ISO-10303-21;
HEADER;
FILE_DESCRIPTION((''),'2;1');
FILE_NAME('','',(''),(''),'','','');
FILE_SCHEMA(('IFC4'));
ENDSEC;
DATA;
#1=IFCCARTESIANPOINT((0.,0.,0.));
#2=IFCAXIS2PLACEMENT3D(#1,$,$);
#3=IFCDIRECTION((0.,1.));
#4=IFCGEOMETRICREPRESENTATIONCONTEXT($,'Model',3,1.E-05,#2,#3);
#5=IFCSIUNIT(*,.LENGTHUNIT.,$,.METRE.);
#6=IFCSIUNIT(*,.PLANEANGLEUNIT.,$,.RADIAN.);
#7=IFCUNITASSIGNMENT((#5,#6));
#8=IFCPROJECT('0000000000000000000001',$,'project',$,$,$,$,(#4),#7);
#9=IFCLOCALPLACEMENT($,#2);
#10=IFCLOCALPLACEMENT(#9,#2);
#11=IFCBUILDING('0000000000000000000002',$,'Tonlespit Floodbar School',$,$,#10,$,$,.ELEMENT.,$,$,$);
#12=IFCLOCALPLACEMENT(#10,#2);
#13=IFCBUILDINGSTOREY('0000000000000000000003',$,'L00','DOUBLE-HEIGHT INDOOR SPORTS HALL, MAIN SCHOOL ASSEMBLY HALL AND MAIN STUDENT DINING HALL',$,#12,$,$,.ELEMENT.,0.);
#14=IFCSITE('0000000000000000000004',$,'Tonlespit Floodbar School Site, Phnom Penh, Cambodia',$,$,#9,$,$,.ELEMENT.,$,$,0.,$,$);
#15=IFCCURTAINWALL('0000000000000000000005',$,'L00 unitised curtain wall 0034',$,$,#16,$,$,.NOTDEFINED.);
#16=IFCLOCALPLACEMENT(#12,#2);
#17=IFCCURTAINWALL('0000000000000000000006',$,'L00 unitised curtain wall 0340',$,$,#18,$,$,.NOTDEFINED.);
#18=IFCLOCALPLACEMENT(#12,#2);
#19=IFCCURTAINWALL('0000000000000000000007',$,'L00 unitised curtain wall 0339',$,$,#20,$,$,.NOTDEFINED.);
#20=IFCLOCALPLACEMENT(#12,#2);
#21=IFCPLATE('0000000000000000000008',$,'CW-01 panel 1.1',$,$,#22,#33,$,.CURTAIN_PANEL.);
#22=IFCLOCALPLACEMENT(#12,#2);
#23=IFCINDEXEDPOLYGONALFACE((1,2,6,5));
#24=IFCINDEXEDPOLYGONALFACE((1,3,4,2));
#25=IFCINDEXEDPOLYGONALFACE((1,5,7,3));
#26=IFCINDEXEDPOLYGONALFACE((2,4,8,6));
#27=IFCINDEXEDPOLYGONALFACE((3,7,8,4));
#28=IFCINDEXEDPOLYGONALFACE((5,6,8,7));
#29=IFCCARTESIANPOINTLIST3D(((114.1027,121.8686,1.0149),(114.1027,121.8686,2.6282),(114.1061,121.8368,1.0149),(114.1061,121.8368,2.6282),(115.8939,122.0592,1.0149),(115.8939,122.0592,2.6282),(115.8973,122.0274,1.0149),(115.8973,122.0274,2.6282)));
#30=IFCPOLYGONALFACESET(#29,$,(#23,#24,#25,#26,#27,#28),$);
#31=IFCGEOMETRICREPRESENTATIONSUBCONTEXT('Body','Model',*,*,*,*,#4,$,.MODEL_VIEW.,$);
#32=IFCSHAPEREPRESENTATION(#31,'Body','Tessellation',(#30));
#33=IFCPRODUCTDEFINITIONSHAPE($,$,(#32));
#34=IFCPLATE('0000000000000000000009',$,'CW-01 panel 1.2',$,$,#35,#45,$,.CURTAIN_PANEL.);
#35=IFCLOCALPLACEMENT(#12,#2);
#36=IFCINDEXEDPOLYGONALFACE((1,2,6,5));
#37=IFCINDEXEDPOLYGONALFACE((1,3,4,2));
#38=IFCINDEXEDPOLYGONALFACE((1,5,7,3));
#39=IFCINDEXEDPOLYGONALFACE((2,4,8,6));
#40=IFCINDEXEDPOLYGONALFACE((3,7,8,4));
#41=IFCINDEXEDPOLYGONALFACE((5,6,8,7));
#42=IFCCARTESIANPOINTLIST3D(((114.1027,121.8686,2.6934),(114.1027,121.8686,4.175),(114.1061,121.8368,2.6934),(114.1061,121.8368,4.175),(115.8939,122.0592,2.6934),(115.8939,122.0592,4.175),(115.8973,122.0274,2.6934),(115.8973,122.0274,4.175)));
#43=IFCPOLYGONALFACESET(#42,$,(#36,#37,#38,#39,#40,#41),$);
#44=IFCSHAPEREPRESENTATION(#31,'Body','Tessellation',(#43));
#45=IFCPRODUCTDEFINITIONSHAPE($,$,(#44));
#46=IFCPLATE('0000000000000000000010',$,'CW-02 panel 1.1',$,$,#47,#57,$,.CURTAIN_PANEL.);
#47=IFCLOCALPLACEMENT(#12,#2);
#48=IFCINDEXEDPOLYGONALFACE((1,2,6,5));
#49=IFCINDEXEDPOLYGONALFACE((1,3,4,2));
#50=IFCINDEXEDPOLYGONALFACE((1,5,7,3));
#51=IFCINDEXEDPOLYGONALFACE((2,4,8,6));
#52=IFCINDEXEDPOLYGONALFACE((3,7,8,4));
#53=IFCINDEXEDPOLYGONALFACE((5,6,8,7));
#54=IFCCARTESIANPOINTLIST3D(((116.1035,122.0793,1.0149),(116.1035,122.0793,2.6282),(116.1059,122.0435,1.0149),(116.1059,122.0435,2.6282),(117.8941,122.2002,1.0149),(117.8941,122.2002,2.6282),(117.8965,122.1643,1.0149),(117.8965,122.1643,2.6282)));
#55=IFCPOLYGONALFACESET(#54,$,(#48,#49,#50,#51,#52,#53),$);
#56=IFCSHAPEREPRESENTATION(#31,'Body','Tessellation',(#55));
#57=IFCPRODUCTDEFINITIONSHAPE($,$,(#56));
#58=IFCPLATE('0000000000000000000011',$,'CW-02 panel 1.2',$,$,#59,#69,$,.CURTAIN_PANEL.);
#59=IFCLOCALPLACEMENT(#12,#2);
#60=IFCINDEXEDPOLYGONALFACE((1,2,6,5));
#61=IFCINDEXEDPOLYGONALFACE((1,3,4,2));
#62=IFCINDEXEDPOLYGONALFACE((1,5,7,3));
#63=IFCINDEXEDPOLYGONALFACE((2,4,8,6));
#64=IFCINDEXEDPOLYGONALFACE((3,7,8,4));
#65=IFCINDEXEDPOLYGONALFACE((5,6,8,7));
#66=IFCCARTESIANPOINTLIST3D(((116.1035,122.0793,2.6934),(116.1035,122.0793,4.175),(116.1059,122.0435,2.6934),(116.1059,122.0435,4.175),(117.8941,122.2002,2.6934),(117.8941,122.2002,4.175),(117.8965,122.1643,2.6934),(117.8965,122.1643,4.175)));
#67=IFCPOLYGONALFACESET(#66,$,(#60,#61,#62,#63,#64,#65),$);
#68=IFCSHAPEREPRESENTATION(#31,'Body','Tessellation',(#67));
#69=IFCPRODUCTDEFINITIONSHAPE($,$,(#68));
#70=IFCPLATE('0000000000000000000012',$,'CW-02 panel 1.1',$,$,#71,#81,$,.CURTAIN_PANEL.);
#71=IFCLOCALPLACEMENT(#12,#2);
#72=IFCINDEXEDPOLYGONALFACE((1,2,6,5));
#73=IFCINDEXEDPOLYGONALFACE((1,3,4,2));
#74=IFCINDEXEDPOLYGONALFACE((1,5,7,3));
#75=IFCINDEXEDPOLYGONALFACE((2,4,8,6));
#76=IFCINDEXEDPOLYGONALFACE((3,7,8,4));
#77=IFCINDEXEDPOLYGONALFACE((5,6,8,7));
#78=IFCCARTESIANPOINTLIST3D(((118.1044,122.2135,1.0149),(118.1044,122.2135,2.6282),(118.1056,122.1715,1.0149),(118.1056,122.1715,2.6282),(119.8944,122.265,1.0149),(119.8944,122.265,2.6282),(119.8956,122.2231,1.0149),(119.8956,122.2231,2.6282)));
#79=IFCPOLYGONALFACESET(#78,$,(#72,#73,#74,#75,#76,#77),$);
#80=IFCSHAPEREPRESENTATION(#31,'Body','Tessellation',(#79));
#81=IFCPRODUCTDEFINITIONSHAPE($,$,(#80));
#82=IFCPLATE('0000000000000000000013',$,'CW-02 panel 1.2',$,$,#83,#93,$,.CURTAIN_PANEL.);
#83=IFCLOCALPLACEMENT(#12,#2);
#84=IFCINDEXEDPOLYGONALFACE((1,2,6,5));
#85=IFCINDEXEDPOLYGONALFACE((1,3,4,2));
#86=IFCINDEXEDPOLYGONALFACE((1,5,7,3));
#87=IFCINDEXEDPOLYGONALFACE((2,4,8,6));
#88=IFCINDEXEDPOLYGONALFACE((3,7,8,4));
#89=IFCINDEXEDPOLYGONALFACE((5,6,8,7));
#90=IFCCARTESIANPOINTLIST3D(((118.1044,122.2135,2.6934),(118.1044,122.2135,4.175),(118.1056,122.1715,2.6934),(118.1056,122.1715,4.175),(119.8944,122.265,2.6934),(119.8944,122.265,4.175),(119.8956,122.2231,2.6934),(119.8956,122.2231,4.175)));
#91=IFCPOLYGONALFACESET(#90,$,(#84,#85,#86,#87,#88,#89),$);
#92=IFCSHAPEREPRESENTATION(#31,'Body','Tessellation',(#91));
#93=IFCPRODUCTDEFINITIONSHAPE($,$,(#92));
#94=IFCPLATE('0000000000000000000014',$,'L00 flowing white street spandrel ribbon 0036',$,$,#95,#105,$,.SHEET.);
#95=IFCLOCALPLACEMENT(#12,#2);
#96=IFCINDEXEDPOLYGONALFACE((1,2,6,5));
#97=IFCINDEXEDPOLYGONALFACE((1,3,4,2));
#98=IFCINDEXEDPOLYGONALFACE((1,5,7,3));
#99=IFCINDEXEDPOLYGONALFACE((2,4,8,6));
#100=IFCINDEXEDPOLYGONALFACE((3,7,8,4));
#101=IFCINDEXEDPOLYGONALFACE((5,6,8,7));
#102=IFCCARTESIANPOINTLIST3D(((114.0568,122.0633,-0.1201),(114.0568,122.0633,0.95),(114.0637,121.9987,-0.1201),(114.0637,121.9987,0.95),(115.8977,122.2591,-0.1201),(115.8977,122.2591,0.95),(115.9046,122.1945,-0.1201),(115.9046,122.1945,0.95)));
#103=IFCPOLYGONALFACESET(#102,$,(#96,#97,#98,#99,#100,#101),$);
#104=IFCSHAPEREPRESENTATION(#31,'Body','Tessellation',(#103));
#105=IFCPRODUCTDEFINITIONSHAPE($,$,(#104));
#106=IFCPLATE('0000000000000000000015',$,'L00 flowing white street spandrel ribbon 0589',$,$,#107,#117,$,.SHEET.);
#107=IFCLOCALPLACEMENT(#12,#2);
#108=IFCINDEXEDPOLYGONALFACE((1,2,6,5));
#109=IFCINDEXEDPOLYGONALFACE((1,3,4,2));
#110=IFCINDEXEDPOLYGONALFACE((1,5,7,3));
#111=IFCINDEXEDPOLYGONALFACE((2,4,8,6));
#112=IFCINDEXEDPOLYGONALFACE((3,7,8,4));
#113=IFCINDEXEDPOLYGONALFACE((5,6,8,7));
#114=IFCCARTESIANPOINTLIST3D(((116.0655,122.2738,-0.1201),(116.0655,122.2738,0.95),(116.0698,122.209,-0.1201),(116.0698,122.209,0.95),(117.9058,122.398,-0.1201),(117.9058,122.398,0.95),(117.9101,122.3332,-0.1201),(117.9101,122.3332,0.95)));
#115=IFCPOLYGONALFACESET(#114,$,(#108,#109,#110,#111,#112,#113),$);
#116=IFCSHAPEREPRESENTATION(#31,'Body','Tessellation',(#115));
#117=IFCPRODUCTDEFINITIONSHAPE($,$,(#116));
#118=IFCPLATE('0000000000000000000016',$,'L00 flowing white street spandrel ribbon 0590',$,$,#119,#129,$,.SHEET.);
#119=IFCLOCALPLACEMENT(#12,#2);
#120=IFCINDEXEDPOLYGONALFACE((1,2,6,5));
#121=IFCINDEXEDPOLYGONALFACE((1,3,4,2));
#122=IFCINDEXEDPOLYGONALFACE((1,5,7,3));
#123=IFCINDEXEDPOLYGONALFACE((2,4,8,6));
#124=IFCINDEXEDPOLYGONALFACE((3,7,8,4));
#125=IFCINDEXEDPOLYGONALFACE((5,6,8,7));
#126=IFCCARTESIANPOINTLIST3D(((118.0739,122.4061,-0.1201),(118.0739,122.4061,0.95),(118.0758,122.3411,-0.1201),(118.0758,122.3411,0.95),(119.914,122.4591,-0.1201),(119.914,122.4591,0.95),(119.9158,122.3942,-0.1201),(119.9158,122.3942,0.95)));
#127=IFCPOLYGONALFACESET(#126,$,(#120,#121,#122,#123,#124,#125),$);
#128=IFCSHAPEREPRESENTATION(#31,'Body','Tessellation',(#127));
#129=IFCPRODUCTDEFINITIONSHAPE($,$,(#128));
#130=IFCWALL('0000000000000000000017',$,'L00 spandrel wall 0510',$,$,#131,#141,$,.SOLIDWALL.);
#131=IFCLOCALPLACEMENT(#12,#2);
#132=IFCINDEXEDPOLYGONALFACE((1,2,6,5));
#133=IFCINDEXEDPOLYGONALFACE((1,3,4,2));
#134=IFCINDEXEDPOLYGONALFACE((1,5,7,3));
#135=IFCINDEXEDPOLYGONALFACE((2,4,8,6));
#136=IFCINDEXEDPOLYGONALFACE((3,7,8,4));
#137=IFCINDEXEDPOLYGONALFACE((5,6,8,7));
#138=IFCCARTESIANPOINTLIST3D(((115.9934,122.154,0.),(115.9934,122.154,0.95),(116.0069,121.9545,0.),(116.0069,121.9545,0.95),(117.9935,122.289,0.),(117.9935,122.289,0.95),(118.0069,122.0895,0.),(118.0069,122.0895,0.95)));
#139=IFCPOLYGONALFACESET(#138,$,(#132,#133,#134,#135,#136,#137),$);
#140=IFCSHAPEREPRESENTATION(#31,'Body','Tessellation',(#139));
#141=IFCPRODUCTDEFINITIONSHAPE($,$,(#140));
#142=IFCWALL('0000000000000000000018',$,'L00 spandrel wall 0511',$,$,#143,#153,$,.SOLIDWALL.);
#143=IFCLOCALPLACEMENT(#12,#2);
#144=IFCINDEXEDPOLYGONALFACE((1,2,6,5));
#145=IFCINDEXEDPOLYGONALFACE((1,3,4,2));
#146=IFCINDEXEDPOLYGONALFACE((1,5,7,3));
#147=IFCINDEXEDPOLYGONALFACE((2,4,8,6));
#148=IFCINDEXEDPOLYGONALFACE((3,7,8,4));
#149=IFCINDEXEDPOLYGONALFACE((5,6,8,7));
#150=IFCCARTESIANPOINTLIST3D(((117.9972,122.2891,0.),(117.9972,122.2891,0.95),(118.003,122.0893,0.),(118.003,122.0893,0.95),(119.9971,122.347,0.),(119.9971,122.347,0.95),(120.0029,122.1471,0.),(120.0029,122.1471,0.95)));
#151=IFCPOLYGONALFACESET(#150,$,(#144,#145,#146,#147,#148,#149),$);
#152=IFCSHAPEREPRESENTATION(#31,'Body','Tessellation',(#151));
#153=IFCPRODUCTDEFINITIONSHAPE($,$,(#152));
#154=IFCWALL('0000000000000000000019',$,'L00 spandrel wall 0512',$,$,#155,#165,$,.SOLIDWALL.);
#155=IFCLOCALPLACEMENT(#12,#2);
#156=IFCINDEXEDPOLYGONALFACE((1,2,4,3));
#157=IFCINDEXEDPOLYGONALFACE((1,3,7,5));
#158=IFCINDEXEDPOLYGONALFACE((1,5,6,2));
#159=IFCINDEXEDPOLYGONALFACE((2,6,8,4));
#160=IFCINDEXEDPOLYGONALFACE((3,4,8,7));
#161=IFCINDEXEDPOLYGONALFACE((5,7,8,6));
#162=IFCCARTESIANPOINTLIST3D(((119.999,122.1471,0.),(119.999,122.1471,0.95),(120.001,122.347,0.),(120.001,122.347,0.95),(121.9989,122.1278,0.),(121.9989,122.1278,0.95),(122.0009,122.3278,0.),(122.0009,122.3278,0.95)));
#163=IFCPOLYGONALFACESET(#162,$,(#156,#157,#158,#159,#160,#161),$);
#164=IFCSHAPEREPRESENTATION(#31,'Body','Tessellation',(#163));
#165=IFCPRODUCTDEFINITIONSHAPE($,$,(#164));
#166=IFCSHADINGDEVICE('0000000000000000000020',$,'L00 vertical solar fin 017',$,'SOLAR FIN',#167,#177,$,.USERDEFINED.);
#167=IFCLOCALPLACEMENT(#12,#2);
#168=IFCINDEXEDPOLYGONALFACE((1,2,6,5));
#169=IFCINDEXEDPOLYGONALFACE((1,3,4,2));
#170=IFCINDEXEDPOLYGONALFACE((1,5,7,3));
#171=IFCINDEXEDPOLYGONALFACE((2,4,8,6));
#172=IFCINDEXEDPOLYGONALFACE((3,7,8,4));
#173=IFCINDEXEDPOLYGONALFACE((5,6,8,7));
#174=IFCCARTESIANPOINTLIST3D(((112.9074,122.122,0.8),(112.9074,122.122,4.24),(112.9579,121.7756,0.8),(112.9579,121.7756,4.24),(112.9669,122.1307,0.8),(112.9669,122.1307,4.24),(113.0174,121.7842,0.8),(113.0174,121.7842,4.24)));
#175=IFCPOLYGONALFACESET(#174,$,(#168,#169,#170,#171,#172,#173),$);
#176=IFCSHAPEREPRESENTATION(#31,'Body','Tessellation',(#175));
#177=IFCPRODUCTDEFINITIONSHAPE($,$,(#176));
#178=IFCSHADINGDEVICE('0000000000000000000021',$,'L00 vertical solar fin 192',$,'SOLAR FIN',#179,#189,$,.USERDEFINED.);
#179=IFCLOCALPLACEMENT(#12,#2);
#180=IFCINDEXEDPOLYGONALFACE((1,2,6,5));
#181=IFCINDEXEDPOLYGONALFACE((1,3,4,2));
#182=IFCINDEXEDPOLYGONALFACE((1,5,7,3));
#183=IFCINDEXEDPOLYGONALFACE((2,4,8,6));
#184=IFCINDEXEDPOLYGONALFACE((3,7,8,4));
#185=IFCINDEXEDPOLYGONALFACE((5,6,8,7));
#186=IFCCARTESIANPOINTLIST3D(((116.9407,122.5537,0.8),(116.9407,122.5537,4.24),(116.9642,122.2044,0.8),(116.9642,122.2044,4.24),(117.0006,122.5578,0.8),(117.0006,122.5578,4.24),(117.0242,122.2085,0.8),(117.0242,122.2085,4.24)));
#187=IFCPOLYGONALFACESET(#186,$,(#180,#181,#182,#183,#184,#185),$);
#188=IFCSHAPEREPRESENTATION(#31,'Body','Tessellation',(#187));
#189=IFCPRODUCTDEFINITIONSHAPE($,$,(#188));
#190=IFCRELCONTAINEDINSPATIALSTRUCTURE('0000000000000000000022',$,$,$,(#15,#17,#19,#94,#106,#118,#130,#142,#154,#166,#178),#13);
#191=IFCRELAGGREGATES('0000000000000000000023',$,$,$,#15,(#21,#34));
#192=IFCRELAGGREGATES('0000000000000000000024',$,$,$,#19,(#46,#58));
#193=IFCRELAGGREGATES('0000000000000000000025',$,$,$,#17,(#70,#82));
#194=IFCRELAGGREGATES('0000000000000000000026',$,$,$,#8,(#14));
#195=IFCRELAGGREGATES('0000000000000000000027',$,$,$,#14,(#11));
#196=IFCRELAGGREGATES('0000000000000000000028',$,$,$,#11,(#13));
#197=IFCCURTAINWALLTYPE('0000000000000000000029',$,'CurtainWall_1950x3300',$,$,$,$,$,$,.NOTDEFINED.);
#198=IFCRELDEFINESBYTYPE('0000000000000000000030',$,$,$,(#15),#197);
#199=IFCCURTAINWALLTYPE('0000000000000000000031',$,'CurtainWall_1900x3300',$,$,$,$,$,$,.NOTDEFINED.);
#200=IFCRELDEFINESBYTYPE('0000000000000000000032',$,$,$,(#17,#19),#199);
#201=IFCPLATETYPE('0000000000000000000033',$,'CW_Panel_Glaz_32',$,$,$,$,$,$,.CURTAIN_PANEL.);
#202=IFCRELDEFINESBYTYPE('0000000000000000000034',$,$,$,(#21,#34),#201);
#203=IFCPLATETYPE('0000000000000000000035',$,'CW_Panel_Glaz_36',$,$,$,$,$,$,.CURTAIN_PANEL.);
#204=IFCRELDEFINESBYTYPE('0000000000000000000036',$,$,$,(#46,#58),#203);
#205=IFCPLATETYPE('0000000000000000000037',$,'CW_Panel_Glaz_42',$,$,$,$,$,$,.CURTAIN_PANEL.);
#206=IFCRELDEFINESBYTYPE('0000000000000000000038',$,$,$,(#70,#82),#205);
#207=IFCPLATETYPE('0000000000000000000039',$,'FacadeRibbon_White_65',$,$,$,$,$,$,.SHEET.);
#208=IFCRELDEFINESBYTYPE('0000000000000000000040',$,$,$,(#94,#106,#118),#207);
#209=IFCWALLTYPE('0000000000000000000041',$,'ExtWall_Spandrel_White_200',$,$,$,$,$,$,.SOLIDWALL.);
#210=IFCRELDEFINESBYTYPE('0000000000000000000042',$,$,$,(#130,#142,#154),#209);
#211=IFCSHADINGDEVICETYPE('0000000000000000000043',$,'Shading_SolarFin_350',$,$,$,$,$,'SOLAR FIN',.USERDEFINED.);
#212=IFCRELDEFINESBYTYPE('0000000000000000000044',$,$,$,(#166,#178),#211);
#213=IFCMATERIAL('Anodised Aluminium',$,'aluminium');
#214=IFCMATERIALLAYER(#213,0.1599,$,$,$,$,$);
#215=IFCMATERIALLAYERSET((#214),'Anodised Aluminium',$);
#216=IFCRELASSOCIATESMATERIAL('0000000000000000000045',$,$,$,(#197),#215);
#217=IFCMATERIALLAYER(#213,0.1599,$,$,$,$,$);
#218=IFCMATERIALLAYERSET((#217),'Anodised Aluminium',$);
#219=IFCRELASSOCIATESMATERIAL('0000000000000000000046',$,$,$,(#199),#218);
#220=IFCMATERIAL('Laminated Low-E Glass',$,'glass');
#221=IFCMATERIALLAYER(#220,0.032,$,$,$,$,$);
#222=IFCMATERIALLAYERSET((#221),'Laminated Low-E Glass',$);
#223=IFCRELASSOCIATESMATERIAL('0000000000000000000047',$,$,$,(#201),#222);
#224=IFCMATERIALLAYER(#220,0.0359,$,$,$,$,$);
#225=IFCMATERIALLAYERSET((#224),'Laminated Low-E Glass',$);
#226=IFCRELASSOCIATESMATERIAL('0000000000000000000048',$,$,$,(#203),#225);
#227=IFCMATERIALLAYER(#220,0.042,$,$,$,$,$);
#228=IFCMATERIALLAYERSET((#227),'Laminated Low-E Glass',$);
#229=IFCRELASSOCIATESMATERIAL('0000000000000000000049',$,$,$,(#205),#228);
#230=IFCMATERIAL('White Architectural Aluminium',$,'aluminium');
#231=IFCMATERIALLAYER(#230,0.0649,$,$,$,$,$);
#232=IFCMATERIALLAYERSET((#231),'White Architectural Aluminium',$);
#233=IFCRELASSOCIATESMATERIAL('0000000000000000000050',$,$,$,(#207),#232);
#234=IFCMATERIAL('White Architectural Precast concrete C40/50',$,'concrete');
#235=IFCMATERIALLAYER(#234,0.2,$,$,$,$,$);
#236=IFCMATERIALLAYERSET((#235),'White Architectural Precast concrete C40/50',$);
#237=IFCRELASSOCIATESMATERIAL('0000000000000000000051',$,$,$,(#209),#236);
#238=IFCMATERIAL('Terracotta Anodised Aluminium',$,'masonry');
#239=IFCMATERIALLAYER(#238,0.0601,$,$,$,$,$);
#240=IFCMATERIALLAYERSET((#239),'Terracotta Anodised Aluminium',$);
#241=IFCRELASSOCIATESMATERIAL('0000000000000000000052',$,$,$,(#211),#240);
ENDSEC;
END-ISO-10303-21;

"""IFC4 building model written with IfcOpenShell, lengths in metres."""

from ifc_helpers import new_model, si_unit, direction, frame, frame_2d, origin, origin_2d, place, context, subcontext, project, spatial, rectangle, extrude, material, layer, layer_set, type_object, element, aggregate, save


model = new_model("IFC4")

# Units and contexts
model_context = context("Model", 3, precision=1e-05, world=origin(), true_north=direction((0.0, 1.0)))
body_context = subcontext(model_context, "Body", "Model", "MODEL_VIEW")
ifc_project = project(units=[si_unit("LENGTHUNIT", "METRE"), si_unit("PLANEANGLEUNIT", "RADIAN")], contexts=[model_context])

# Site, building, storey
site_placement = place(None, origin())
site = spatial("IfcSite", under=ifc_project, at=site_placement, Name="Tonlespit Floodbar School Site, Phnom Penh, Cambodia", CompositionType="ELEMENT", RefElevation=0.0)
building_placement = place(site_placement, origin())
building = spatial("IfcBuilding", under=site, at=building_placement, Name="Tonlespit Floodbar School", CompositionType="ELEMENT")
storey_placement = place(building_placement, origin())
storey = spatial("IfcBuildingStorey", under=building, at=storey_placement, Name="L00", Description="DOUBLE-HEIGHT INDOOR SPORTS HALL, MAIN SCHOOL ASSEMBLY HALL AND MAIN STUDENT DINING HALL", CompositionType="ELEMENT", Elevation=0.0)

# Curtain wall
ifc_material_1 = material(Name="Anodised Aluminium", Category="aluminium")
ifc_layer_1 = layer(ifc_material_1, 0.1599)
ifc_layer_set_1 = layer_set([ifc_layer_1], Name="Anodised Aluminium")
curtain_wall_type_1 = type_object("IfcCurtainWallType", Name="CurtainWall_1950x3300", PredefinedType="NOTDEFINED", material=ifc_layer_set_1)
curtain_wall_1_placement = place(storey_placement, origin())
curtain_wall_1 = element("IfcCurtainWall", 1, at=curtain_wall_1_placement, inside=storey, type_object=curtain_wall_type_1, Name="L00 unitised curtain wall 0034", PredefinedType="NOTDEFINED")

# Curtain walls
ifc_layer_2 = layer(ifc_material_1, 0.1599)
ifc_layer_set_2 = layer_set([ifc_layer_2], Name="Anodised Aluminium")
curtain_wall_type_2 = type_object("IfcCurtainWallType", Name="CurtainWall_1900x3300", PredefinedType="NOTDEFINED", material=ifc_layer_set_2)
curtain_wall_2_placement = place(storey_placement, origin())
curtain_wall_2 = element("IfcCurtainWall", 2, at=curtain_wall_2_placement, inside=storey, type_object=curtain_wall_type_2, Name="L00 unitised curtain wall 0340", PredefinedType="NOTDEFINED")
curtain_wall_3_placement = place(storey_placement, origin())
curtain_wall_3 = element("IfcCurtainWall", 3, at=curtain_wall_3_placement, inside=storey, type_object=curtain_wall_type_2, Name="L00 unitised curtain wall 0339", PredefinedType="NOTDEFINED")

# Plates
ifc_material_2 = material(Name="Laminated Low-E Glass", Category="glass")
ifc_layer_3 = layer(ifc_material_2, 0.032)
ifc_layer_set_3 = layer_set([ifc_layer_3], Name="Laminated Low-E Glass")
plate_type_1 = type_object("IfcPlateType", Name="CW_Panel_Glaz_32", PredefinedType="CURTAIN_PANEL", material=ifc_layer_set_3)
plate_1_placement = place(storey_placement, frame((115.0, 121.948, 1.0149), z_axis=(0.0, 0.0, 1.0), x_axis=(0.994389, 0.105787, 0.0)))
plate_1 = element("IfcPlate", 4, at=plate_1_placement, type_object=plate_type_1, Name="CW-01 panel 1.1", PredefinedType="CURTAIN_PANEL", context=body_context, shape_type="SweptSolid", body=[
    extrude(rectangle(XDim=1.8013, YDim=0.032, at=origin_2d()), origin(), (0.0, 0.0, 1.0), 1.6133),
])
plate_2_placement = place(storey_placement, frame((115.0, 121.948, 2.6934), z_axis=(0.0, 0.0, 1.0), x_axis=(0.994389, 0.105787, 0.0)))
plate_2 = element("IfcPlate", 5, at=plate_2_placement, type_object=plate_type_1, Name="CW-01 panel 1.2", PredefinedType="CURTAIN_PANEL", context=body_context, shape_type="SweptSolid", body=[
    extrude(rectangle(XDim=1.8013, YDim=0.032, at=origin_2d()), origin(), (0.0, 0.0, 1.0), 1.4817),
])
aggregate(curtain_wall_1, [plate_1, plate_2])
ifc_layer_4 = layer(ifc_material_2, 0.0359)
ifc_layer_set_4 = layer_set([ifc_layer_4], Name="Laminated Low-E Glass")
plate_type_2 = type_object("IfcPlateType", Name="CW_Panel_Glaz_36", PredefinedType="CURTAIN_PANEL", material=ifc_layer_set_4)
plate_3_placement = place(storey_placement, frame((117.0, 122.1218, 1.0149), z_axis=(0.0, 0.0, 1.0), x_axis=(0.99773, 0.06734, 0.0)))
plate_3 = element("IfcPlate", 6, at=plate_3_placement, type_object=plate_type_2, Name="CW-02 panel 1.1", PredefinedType="CURTAIN_PANEL", context=body_context, shape_type="SweptSolid", body=[
    extrude(rectangle(XDim=1.7947, YDim=0.0359, at=origin_2d()), origin(), (0.0, 0.0, 1.0), 1.6133),
])
plate_4_placement = place(storey_placement, frame((117.0, 122.1218, 2.6934), z_axis=(0.0, 0.0, 1.0), x_axis=(0.99773, 0.06734, 0.0)))
plate_4 = element("IfcPlate", 7, at=plate_4_placement, type_object=plate_type_2, Name="CW-02 panel 1.2", PredefinedType="CURTAIN_PANEL", context=body_context, shape_type="SweptSolid", body=[
    extrude(rectangle(XDim=1.7947, YDim=0.0359, at=origin_2d()), origin(), (0.0, 0.0, 1.0), 1.4817),
])
aggregate(curtain_wall_3, [plate_3, plate_4])
ifc_layer_5 = layer(ifc_material_2, 0.042)
ifc_layer_set_5 = layer_set([ifc_layer_5], Name="Laminated Low-E Glass")
plate_type_3 = type_object("IfcPlateType", Name="CW_Panel_Glaz_42", PredefinedType="CURTAIN_PANEL", material=ifc_layer_set_5)
plate_5_placement = place(storey_placement, frame((119.0, 122.2183, 1.0149), z_axis=(0.0, 0.0, 1.0), x_axis=(0.999585, 0.02879, 0.0)))
plate_5 = element("IfcPlate", 8, at=plate_5_placement, type_object=plate_type_3, Name="CW-02 panel 1.1", PredefinedType="CURTAIN_PANEL", context=body_context, shape_type="SweptSolid", body=[
    extrude(rectangle(XDim=1.7908, YDim=0.042, at=origin_2d()), origin(), (0.0, 0.0, 1.0), 1.6133),
])
plate_6_placement = place(storey_placement, frame((119.0, 122.2183, 2.6934), z_axis=(0.0, 0.0, 1.0), x_axis=(0.999585, 0.02879, 0.0)))
plate_6 = element("IfcPlate", 9, at=plate_6_placement, type_object=plate_type_3, Name="CW-02 panel 1.2", PredefinedType="CURTAIN_PANEL", context=body_context, shape_type="SweptSolid", body=[
    extrude(rectangle(XDim=1.7908, YDim=0.042, at=origin_2d()), origin(), (0.0, 0.0, 1.0), 1.4817),
])
aggregate(curtain_wall_2, [plate_5, plate_6])

# Plates
ifc_material_3 = material(Name="White Architectural Aluminium", Category="aluminium")
ifc_layer_6 = layer(ifc_material_3, 0.0649)
ifc_layer_set_6 = layer_set([ifc_layer_6], Name="White Architectural Aluminium")
plate_type_4 = type_object("IfcPlateType", Name="FacadeRibbon_White_65", PredefinedType="SHEET", material=ifc_layer_set_6)
plate_7_placement = place(storey_placement, frame((114.9807, 122.1289, -0.1201), z_axis=(0.0, 0.0, 1.0), x_axis=(0.994392, 0.105754, 0.0)))
element("IfcPlate", 10, at=plate_7_placement, inside=storey, type_object=plate_type_4, Name="L00 flowing white street spandrel ribbon 0036", PredefinedType="SHEET", context=body_context, shape_type="SweptSolid", body=[
    extrude(rectangle(XDim=1.8513, YDim=0.0649, at=origin_2d()), origin(), (0.0, 0.0, 1.0), 1.0701),
])
plate_8_placement = place(storey_placement, frame((116.9878, 122.3035, -0.1201), z_axis=(0.0, 0.0, 1.0), x_axis=(0.99773, 0.067347, 0.0)))
element("IfcPlate", 11, at=plate_8_placement, inside=storey, type_object=plate_type_4, Name="L00 flowing white street spandrel ribbon 0589", PredefinedType="SHEET", context=body_context, shape_type="SweptSolid", body=[
    extrude(rectangle(XDim=1.8445, YDim=0.0649, at=origin_2d()), origin(), (0.0, 0.0, 1.0), 1.0701),
])
plate_9_placement = place(storey_placement, frame((118.9949, 122.4001, -0.1201), z_axis=(0.0, 0.0, 1.0), x_axis=(0.999584, 0.028838, 0.0)))
element("IfcPlate", 12, at=plate_9_placement, inside=storey, type_object=plate_type_4, Name="L00 flowing white street spandrel ribbon 0590", PredefinedType="SHEET", context=body_context, shape_type="SweptSolid", body=[
    extrude(rectangle(XDim=1.8408, YDim=0.0649, at=origin_2d()), origin(), (0.0, 0.0, 1.0), 1.0701),
])

# Walls
ifc_material_4 = material(Name="White Architectural Precast concrete C40/50", Category="concrete")
ifc_layer_7 = layer(ifc_material_4, 0.2)
ifc_layer_set_7 = layer_set([ifc_layer_7], Name="White Architectural Precast concrete C40/50")
wall_type = type_object("IfcWallType", Name="ExtWall_Spandrel_White_200", PredefinedType="SOLIDWALL", material=ifc_layer_set_7)
wall_1_placement = place(storey_placement, frame((116.0, 122.0542, 0.0), z_axis=(0.0, 0.0, 1.0), x_axis=(0.997729, 0.067352, 0.0)))
element("IfcWall", 13, at=wall_1_placement, inside=storey, type_object=wall_type, Name="L00 spandrel wall 0510", PredefinedType="SOLIDWALL", context=body_context, shape_type="SweptSolid", body=[
    extrude(rectangle(XDim=2.0046, YDim=0.2, at=frame_2d((1.0024, 0.0))), origin(), (0.0, 0.0, 1.0), 0.95),
])
wall_2_placement = place(storey_placement, frame((118.0, 122.1892, 0.0), z_axis=(0.0, 0.0, 1.0), x_axis=(0.999582, 0.028919, 0.0)))
element("IfcWall", 14, at=wall_2_placement, inside=storey, type_object=wall_type, Name="L00 spandrel wall 0511", PredefinedType="SOLIDWALL", context=body_context, shape_type="SweptSolid", body=[
    extrude(rectangle(XDim=2.0007, YDim=0.2, at=frame_2d((1.0005, 0.0))), origin(), (0.0, 0.0, 1.0), 0.95),
])
wall_3_placement = place(storey_placement, frame((120.0, 122.2471, 0.0), z_axis=(0.0, 0.0, 1.0), x_axis=(0.999954, -0.009643, 0.0)))
element("IfcWall", 15, at=wall_3_placement, inside=storey, type_object=wall_type, Name="L00 spandrel wall 0512", PredefinedType="SOLIDWALL", context=body_context, shape_type="SweptSolid", body=[
    extrude(rectangle(XDim=2.0, YDim=0.2, at=frame_2d((1.0, 0.0))), origin(), (0.0, 0.0, 1.0), 0.95),
])

# Shading devices
ifc_material_5 = material(Name="Terracotta Anodised Aluminium", Category="masonry")
ifc_layer_8 = layer(ifc_material_5, 0.0601)
ifc_layer_set_8 = layer_set([ifc_layer_8], Name="Terracotta Anodised Aluminium")
shading_device_type = type_object("IfcShadingDeviceType", Name="Shading_SolarFin_350", ElementType="SOLAR FIN", PredefinedType="USERDEFINED", material=ifc_layer_set_8)
for number, where, z_axis, x_axis, name in (
    (16, (112.9624, 121.9531, 0.8), (0.0, 0.0, 1.0), (0.989538, 0.144275, 0.0), "L00 vertical solar fin 017"),
    (17, (116.9824, 122.3811, 0.8), (0.0, 0.0, 1.0), (0.99773, 0.067347, 0.0), "L00 vertical solar fin 192"),
):
    element("IfcShadingDevice", number, at=place(storey_placement, frame(where, z_axis=z_axis, x_axis=x_axis)), inside=storey, type_object=shading_device_type, Name=name, ObjectType="SOLAR FIN", PredefinedType="USERDEFINED", context=body_context, shape_type="SweptSolid", body=[
        extrude(rectangle(XDim=0.0601, YDim=0.3501, at=origin_2d()), origin(), (0.0, 0.0, 1.0), 3.4399),
    ])

save(model, "model.ifc")
